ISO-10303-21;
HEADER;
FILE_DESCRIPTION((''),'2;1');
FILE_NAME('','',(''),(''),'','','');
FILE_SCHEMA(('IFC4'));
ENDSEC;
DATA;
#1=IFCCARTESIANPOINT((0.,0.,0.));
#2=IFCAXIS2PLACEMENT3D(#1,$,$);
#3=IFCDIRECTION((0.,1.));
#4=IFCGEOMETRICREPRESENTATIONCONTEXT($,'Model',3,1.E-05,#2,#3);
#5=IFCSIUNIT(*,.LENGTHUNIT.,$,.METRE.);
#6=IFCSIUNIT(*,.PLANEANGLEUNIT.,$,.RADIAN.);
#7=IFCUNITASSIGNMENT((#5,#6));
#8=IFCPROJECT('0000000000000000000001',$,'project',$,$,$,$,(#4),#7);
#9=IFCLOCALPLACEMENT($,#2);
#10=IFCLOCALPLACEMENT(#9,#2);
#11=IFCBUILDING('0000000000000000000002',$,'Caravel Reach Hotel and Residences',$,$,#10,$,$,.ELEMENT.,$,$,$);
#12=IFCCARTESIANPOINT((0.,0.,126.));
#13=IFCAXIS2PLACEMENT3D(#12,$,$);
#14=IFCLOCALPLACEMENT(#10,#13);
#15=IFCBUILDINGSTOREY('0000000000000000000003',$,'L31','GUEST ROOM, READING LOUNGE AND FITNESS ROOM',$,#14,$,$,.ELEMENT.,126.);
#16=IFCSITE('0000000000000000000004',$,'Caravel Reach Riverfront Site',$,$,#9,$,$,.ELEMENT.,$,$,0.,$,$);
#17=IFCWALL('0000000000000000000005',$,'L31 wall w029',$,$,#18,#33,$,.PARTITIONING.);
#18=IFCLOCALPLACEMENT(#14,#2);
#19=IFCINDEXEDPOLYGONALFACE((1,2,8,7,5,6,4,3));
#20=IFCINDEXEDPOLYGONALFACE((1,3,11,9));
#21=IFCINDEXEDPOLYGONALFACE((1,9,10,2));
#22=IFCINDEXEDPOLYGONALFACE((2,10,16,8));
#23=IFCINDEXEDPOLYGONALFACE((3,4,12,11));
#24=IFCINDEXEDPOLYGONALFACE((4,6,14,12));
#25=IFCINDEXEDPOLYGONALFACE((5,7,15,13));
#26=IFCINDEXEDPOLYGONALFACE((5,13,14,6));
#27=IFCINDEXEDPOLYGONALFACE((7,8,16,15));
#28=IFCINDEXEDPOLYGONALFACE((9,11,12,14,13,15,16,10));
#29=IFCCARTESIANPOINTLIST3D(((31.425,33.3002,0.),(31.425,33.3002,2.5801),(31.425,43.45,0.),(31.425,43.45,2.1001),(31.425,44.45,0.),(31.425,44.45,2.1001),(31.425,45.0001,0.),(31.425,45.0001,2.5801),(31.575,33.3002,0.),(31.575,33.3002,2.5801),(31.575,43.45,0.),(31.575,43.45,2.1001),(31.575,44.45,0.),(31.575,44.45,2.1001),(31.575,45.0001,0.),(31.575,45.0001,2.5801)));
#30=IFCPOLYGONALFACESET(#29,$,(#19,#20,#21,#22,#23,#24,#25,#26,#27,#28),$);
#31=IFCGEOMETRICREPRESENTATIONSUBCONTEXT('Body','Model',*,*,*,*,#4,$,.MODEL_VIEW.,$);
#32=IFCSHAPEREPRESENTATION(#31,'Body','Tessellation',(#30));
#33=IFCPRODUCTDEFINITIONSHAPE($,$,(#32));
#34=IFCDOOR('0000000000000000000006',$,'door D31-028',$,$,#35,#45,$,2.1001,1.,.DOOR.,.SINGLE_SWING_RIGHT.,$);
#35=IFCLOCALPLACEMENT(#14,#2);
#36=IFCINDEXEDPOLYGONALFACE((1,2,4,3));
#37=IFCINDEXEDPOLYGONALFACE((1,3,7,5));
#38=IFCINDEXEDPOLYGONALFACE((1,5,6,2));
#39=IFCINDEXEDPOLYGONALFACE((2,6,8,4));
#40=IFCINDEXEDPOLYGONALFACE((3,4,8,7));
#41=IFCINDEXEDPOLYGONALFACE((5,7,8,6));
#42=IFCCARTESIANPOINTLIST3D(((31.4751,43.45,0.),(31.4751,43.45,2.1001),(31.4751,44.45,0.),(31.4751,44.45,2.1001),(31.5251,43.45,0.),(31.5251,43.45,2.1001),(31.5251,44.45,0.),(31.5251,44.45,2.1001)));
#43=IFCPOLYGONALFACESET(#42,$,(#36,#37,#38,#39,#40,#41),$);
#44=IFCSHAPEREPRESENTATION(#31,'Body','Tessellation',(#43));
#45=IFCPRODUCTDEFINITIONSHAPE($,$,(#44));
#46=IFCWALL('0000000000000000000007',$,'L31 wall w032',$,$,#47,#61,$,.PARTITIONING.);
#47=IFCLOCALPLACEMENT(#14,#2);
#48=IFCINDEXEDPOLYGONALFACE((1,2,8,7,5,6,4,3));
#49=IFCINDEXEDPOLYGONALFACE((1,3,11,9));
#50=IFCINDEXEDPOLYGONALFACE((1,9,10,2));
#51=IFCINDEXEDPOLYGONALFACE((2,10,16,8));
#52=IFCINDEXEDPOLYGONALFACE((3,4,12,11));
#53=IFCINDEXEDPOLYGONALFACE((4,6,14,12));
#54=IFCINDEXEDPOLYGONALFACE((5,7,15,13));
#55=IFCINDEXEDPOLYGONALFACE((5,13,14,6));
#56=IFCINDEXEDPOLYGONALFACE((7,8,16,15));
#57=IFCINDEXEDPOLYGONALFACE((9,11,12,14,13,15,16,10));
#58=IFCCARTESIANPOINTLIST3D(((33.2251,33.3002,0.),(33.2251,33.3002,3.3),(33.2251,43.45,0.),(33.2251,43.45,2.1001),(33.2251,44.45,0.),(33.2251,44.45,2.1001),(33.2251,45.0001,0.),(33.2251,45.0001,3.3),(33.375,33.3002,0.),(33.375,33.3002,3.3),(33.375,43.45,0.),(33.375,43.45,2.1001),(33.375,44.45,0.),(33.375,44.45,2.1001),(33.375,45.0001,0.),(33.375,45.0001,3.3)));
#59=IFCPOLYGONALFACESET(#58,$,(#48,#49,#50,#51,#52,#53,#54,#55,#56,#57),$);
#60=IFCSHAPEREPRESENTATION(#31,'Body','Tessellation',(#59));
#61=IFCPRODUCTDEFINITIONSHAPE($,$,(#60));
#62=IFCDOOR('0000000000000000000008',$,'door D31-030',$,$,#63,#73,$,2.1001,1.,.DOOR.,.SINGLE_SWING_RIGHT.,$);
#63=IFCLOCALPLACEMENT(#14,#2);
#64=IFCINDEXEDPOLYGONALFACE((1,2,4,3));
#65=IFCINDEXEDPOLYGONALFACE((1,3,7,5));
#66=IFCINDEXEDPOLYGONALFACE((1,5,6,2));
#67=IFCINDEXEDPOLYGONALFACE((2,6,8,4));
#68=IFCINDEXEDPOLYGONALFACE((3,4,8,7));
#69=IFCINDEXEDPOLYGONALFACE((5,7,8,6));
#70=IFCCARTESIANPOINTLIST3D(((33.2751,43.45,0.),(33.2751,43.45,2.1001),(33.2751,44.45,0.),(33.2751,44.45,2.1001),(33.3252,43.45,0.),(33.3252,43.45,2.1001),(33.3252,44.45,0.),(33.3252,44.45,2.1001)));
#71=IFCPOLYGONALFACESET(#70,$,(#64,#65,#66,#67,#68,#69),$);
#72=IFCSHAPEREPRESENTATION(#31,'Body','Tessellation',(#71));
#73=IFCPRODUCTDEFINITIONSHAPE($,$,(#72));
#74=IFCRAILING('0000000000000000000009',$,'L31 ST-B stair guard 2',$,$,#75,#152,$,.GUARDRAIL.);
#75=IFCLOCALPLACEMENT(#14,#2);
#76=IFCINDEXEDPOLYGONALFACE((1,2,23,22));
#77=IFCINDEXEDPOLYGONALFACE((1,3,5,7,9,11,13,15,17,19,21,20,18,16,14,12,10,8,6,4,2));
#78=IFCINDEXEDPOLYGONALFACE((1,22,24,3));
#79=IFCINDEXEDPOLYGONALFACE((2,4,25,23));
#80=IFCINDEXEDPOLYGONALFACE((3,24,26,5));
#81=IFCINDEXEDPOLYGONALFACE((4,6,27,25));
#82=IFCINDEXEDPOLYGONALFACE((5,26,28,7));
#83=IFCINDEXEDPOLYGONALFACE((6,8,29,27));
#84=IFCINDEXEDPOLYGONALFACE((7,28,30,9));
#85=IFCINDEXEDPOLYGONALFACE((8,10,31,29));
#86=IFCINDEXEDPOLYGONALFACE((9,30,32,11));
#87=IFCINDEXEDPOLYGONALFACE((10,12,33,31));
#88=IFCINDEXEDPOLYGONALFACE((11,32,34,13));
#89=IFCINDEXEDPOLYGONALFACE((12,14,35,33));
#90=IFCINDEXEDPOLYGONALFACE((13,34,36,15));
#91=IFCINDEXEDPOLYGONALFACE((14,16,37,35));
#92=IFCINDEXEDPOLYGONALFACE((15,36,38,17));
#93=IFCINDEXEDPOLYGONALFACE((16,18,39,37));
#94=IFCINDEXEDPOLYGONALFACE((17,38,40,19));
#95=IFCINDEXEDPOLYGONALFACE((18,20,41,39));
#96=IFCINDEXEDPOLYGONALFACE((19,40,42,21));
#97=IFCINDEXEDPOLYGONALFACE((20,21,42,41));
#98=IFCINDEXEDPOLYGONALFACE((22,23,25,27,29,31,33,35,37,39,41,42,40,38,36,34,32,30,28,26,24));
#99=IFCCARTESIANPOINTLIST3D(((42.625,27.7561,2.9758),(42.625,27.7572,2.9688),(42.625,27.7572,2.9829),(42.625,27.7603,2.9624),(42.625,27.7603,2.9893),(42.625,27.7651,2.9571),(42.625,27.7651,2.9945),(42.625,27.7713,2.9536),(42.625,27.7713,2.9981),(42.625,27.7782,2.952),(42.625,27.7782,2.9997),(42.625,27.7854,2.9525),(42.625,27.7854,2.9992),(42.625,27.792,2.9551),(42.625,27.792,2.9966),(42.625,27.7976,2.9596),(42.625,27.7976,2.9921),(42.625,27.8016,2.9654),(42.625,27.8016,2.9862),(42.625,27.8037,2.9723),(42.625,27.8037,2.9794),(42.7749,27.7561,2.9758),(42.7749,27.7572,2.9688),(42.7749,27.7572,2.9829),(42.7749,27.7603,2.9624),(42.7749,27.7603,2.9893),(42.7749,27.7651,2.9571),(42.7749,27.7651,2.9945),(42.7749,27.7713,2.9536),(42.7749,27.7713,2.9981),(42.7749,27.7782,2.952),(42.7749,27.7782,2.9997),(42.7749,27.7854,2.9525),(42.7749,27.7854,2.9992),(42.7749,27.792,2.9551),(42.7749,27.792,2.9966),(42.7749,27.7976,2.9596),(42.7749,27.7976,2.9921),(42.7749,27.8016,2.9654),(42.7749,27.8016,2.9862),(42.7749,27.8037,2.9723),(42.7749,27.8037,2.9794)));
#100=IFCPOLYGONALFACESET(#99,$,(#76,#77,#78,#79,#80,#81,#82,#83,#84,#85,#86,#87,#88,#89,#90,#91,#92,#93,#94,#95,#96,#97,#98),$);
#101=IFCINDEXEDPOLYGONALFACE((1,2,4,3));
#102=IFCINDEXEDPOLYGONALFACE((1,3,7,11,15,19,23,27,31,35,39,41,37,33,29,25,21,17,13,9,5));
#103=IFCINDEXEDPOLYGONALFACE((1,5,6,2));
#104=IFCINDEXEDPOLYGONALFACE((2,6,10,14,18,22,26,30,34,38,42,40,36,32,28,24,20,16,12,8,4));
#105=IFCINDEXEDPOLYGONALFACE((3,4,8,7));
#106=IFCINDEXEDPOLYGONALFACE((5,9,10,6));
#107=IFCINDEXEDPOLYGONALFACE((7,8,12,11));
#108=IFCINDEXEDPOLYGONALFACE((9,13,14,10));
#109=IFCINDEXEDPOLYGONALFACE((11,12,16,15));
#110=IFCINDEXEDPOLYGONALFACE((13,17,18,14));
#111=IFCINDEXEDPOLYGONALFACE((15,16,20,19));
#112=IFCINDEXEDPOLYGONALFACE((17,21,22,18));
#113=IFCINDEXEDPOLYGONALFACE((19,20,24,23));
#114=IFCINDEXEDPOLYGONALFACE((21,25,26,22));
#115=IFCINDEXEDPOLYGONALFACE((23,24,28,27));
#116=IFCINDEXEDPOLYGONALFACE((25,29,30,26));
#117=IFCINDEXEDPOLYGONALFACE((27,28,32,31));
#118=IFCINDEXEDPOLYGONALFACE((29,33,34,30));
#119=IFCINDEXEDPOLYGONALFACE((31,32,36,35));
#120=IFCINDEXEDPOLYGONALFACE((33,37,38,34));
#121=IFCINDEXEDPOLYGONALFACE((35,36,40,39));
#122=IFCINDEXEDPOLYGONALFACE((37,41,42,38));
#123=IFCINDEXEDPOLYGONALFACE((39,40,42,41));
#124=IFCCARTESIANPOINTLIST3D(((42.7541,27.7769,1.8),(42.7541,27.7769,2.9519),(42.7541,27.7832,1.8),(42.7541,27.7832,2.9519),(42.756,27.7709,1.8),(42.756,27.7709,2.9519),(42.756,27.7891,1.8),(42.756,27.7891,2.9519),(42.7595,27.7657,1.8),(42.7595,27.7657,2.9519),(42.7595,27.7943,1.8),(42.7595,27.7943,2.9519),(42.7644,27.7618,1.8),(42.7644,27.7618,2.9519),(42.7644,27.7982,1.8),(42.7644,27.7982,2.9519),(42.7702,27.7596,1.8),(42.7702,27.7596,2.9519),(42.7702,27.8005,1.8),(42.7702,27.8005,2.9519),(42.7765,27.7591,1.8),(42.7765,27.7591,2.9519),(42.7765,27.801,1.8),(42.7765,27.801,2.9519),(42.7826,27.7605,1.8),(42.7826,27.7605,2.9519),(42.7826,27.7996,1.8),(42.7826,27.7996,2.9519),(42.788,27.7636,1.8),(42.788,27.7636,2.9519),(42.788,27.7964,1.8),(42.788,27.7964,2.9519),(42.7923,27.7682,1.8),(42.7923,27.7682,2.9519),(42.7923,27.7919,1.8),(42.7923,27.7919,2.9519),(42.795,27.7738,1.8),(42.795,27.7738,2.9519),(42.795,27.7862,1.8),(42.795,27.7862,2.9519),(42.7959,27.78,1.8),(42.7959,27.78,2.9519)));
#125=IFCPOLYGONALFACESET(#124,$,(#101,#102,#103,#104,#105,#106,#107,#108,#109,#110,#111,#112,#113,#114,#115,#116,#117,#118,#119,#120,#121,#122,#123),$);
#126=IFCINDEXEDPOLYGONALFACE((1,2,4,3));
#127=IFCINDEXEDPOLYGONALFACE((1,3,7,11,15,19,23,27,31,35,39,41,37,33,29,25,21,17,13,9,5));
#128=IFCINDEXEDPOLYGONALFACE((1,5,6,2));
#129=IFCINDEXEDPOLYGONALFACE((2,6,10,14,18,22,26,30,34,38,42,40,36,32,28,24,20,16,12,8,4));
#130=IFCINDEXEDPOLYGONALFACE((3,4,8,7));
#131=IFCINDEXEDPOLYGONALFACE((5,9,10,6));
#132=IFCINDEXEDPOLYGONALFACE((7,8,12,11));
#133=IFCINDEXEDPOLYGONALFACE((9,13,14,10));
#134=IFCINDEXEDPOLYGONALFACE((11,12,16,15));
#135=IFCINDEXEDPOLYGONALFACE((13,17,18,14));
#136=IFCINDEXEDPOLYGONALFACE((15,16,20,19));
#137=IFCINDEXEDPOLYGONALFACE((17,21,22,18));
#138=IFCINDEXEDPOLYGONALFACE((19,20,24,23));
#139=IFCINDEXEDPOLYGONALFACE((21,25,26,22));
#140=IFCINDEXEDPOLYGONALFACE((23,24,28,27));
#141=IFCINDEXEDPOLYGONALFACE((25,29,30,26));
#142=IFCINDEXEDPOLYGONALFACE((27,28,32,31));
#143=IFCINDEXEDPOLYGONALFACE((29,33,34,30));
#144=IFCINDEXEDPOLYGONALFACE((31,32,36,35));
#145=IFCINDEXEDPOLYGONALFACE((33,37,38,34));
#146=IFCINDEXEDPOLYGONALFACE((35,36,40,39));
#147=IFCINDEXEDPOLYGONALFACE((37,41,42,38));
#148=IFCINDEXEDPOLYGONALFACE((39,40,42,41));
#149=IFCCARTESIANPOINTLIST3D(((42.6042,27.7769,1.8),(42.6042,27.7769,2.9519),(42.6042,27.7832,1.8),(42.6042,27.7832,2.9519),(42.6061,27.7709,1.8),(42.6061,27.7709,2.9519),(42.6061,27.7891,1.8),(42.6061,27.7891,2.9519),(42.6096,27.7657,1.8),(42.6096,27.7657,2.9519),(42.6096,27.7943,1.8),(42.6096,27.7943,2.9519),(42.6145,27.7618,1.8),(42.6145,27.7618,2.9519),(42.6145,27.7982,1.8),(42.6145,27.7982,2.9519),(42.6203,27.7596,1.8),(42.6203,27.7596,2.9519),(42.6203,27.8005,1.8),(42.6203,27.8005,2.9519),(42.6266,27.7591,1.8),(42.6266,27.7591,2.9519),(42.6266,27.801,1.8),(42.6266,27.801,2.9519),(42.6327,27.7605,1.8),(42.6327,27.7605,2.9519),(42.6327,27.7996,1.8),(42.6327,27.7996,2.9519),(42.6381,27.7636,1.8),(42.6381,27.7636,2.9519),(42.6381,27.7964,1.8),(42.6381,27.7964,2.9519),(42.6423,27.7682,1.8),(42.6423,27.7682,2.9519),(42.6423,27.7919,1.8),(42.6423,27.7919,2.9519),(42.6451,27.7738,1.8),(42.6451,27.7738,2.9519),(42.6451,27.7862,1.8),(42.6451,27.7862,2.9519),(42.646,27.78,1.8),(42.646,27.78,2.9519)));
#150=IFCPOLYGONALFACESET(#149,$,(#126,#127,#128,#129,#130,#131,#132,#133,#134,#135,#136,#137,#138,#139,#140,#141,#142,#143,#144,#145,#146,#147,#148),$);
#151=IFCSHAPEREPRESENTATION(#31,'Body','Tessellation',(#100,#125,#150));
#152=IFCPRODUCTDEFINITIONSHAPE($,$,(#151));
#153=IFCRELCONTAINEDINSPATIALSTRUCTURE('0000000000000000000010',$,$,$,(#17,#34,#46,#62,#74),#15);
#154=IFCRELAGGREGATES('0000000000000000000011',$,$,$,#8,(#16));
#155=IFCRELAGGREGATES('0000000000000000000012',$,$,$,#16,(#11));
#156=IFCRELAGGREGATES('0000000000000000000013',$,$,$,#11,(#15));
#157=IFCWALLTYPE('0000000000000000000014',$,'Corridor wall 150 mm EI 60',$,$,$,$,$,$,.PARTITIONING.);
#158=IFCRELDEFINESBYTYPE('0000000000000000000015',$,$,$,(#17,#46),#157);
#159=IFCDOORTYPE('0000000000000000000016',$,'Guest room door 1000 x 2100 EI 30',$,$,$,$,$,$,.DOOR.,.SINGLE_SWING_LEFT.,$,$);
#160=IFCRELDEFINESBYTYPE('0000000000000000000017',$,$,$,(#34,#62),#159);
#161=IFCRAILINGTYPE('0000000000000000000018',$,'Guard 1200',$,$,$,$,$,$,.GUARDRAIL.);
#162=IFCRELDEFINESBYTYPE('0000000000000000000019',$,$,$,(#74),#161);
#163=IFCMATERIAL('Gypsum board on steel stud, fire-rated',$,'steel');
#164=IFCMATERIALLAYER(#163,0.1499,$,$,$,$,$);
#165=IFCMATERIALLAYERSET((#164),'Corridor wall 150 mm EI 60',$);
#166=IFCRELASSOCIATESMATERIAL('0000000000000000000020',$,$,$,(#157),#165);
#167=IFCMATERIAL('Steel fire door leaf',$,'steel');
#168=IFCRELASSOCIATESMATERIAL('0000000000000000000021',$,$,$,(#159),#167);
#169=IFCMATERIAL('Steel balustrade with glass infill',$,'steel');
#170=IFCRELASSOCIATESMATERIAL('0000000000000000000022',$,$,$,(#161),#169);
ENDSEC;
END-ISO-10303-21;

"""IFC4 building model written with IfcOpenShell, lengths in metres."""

from ifc_helpers import new_model, si_unit, direction, frame, frame_2d, origin, origin_2d, place, context, subcontext, project, spatial, rectangle, circle, extrude, material, layer, layer_set, type_object, element, fill, save


model = new_model("IFC4")

# Units and contexts
model_context = context("Model", 3, precision=1e-05, world=origin(), true_north=direction((0.0, 1.0)))
body_context = subcontext(model_context, "Body", "Model", "MODEL_VIEW")
ifc_project = project(units=[si_unit("LENGTHUNIT", "METRE"), si_unit("PLANEANGLEUNIT", "RADIAN")], contexts=[model_context])

# Site, building, storey
site_placement = place(None, origin())
site = spatial("IfcSite", under=ifc_project, at=site_placement, Name="Caravel Reach Riverfront Site", CompositionType="ELEMENT", RefElevation=0.0)
building_placement = place(site_placement, origin())
building = spatial("IfcBuilding", under=site, at=building_placement, Name="Caravel Reach Hotel and Residences", CompositionType="ELEMENT")
storey_placement = place(building_placement, frame((0.0, 0.0, 126.0)))
storey = spatial("IfcBuildingStorey", under=building, at=storey_placement, Name="L31", Description="GUEST ROOM, READING LOUNGE AND FITNESS ROOM", CompositionType="ELEMENT", Elevation=126.0)

# Shared definitions
ifc_material_1 = material(Name="Gypsum board on steel stud, fire-rated", Category="steel")
ifc_layer_1 = layer(ifc_material_1, 0.1499)
ifc_layer_set_1 = layer_set([ifc_layer_1], Name="Corridor wall 150 mm EI 60")
wall_type_1 = type_object("IfcWallType", Name="Corridor wall 150 mm EI 60", PredefinedType="PARTITIONING", material=ifc_layer_set_1)
ifc_material_2 = material(Name="Steel fire door leaf", Category="steel")
door_type_1 = type_object("IfcDoorType", Name="Guest room door 1000 x 2100 EI 30", OperationType="SINGLE_SWING_LEFT", PredefinedType="DOOR", material=ifc_material_2)

# Walls, openings, doors
wall_1_placement = place(storey_placement, frame((31.5, 33.3, 0.0), z_axis=(0.0, 0.0, 1.0), x_axis=(0.0, 1.0, 0.0)))
wall_1 = element("IfcWall", 1, at=wall_1_placement, inside=storey, type_object=wall_type_1, Name="L31 wall w029", PredefinedType="PARTITIONING", context=body_context, shape_type="SweptSolid", body=[
    extrude(rectangle(XDim=11.7, YDim=0.1499, at=frame_2d((5.8501, 0.0))), origin(), (0.0, 0.0, 1.0), 2.5801),
])
opening_1_placement = place(wall_1_placement, frame((10.1499, 0.0, 0.0)))
opening_1 = element("IfcOpeningElement", 2, at=opening_1_placement, cuts=wall_1, PredefinedType="OPENING", context=body_context, shape_type="SweptSolid", body=[
    extrude(rectangle(XDim=1.0, YDim=2.1001, at=frame_2d((0.5, 1.05))), frame((0.0, 0.085, 0.0), z_axis=(0.0, -1.0, 0.0), x_axis=(1.0, 0.0, 0.0)), (0.0, 0.0, 1.0), 0.1699),
])
door_1_placement = place(opening_1_placement, origin())
door_1 = element("IfcDoor", 3, at=door_1_placement, inside=storey, type_object=door_type_1, Name="door D31-028", OperationType="SINGLE_SWING_RIGHT", OverallHeight=2.1001, OverallWidth=1.0, PredefinedType="DOOR", context=body_context, shape_type="SweptSolid", body=[
    extrude(rectangle(XDim=1.0, YDim=2.1001, at=frame_2d((0.5, 1.05))), frame((0.0, 0.0249, 0.0), z_axis=(0.0, -1.0, 0.0), x_axis=(1.0, 0.0, 0.0)), (0.0, 0.0, 1.0), 0.05),
])
fill(opening_1, door_1)
wall_2_placement = place(storey_placement, frame((33.3, 33.3, 0.0), z_axis=(0.0, 0.0, 1.0), x_axis=(0.0, 1.0, 0.0)))
wall_2 = element("IfcWall", 4, at=wall_2_placement, inside=storey, type_object=wall_type_1, Name="L31 wall w032", PredefinedType="PARTITIONING", context=body_context, shape_type="SweptSolid", body=[
    extrude(rectangle(XDim=11.7, YDim=0.1499, at=frame_2d((5.8501, 0.0))), origin(), (0.0, 0.0, 1.0), 3.3),
])
opening_2_placement = place(wall_2_placement, frame((10.1499, 0.0, 0.0)))
opening_2 = element("IfcOpeningElement", 5, at=opening_2_placement, cuts=wall_2, PredefinedType="OPENING", context=body_context, shape_type="SweptSolid", body=[
    extrude(rectangle(XDim=1.0, YDim=2.1001, at=frame_2d((0.5, 1.05))), frame((0.0, 0.085, 0.0), z_axis=(0.0, -1.0, 0.0), x_axis=(1.0, 0.0, 0.0)), (0.0, 0.0, 1.0), 0.1699),
])
door_2_placement = place(opening_2_placement, origin())
door_2 = element("IfcDoor", 6, at=door_2_placement, inside=storey, type_object=door_type_1, Name="door D31-030", OperationType="SINGLE_SWING_RIGHT", OverallHeight=2.1001, OverallWidth=1.0, PredefinedType="DOOR", context=body_context, shape_type="SweptSolid", body=[
    extrude(rectangle(XDim=1.0, YDim=2.1001, at=frame_2d((0.5, 1.05))), frame((0.0, 0.0249, 0.0), z_axis=(0.0, -1.0, 0.0), x_axis=(1.0, 0.0, 0.0)), (0.0, 0.0, 1.0), 0.05),
])
fill(opening_2, door_2)

# Railing
ifc_material_3 = material(Name="Steel balustrade with glass infill", Category="steel")
railing_type_1 = type_object("IfcRailingType", Name="Guard 1200", PredefinedType="GUARDRAIL", material=ifc_material_3)
railing_1_placement = place(storey_placement, frame((42.7749, 27.78, 1.8)))
element("IfcRailing", 7, at=railing_1_placement, inside=storey, type_object=railing_type_1, Name="L31 ST-B stair guard 2", PredefinedType="GUARDRAIL", context=body_context, shape_type="SweptSolid", body=[
    extrude(circle(Radius=0.0239, at=origin_2d()), frame((0.0, 0.0, 1.1758), z_axis=(-1.0, 0.0, 0.0), x_axis=(0.0, -1.0, 0.0)), (0.0, 0.0, 1.0), 0.1499),
    extrude(circle(Radius=0.021, at=origin_2d()), origin(), (0.0, 0.0, 1.0), 1.1519),
    extrude(circle(Radius=0.021, at=origin_2d()), frame((-0.1499, 0.0, 0.0)), (0.0, 0.0, 1.0), 1.1519),
])

save(model, "model.ifc")
